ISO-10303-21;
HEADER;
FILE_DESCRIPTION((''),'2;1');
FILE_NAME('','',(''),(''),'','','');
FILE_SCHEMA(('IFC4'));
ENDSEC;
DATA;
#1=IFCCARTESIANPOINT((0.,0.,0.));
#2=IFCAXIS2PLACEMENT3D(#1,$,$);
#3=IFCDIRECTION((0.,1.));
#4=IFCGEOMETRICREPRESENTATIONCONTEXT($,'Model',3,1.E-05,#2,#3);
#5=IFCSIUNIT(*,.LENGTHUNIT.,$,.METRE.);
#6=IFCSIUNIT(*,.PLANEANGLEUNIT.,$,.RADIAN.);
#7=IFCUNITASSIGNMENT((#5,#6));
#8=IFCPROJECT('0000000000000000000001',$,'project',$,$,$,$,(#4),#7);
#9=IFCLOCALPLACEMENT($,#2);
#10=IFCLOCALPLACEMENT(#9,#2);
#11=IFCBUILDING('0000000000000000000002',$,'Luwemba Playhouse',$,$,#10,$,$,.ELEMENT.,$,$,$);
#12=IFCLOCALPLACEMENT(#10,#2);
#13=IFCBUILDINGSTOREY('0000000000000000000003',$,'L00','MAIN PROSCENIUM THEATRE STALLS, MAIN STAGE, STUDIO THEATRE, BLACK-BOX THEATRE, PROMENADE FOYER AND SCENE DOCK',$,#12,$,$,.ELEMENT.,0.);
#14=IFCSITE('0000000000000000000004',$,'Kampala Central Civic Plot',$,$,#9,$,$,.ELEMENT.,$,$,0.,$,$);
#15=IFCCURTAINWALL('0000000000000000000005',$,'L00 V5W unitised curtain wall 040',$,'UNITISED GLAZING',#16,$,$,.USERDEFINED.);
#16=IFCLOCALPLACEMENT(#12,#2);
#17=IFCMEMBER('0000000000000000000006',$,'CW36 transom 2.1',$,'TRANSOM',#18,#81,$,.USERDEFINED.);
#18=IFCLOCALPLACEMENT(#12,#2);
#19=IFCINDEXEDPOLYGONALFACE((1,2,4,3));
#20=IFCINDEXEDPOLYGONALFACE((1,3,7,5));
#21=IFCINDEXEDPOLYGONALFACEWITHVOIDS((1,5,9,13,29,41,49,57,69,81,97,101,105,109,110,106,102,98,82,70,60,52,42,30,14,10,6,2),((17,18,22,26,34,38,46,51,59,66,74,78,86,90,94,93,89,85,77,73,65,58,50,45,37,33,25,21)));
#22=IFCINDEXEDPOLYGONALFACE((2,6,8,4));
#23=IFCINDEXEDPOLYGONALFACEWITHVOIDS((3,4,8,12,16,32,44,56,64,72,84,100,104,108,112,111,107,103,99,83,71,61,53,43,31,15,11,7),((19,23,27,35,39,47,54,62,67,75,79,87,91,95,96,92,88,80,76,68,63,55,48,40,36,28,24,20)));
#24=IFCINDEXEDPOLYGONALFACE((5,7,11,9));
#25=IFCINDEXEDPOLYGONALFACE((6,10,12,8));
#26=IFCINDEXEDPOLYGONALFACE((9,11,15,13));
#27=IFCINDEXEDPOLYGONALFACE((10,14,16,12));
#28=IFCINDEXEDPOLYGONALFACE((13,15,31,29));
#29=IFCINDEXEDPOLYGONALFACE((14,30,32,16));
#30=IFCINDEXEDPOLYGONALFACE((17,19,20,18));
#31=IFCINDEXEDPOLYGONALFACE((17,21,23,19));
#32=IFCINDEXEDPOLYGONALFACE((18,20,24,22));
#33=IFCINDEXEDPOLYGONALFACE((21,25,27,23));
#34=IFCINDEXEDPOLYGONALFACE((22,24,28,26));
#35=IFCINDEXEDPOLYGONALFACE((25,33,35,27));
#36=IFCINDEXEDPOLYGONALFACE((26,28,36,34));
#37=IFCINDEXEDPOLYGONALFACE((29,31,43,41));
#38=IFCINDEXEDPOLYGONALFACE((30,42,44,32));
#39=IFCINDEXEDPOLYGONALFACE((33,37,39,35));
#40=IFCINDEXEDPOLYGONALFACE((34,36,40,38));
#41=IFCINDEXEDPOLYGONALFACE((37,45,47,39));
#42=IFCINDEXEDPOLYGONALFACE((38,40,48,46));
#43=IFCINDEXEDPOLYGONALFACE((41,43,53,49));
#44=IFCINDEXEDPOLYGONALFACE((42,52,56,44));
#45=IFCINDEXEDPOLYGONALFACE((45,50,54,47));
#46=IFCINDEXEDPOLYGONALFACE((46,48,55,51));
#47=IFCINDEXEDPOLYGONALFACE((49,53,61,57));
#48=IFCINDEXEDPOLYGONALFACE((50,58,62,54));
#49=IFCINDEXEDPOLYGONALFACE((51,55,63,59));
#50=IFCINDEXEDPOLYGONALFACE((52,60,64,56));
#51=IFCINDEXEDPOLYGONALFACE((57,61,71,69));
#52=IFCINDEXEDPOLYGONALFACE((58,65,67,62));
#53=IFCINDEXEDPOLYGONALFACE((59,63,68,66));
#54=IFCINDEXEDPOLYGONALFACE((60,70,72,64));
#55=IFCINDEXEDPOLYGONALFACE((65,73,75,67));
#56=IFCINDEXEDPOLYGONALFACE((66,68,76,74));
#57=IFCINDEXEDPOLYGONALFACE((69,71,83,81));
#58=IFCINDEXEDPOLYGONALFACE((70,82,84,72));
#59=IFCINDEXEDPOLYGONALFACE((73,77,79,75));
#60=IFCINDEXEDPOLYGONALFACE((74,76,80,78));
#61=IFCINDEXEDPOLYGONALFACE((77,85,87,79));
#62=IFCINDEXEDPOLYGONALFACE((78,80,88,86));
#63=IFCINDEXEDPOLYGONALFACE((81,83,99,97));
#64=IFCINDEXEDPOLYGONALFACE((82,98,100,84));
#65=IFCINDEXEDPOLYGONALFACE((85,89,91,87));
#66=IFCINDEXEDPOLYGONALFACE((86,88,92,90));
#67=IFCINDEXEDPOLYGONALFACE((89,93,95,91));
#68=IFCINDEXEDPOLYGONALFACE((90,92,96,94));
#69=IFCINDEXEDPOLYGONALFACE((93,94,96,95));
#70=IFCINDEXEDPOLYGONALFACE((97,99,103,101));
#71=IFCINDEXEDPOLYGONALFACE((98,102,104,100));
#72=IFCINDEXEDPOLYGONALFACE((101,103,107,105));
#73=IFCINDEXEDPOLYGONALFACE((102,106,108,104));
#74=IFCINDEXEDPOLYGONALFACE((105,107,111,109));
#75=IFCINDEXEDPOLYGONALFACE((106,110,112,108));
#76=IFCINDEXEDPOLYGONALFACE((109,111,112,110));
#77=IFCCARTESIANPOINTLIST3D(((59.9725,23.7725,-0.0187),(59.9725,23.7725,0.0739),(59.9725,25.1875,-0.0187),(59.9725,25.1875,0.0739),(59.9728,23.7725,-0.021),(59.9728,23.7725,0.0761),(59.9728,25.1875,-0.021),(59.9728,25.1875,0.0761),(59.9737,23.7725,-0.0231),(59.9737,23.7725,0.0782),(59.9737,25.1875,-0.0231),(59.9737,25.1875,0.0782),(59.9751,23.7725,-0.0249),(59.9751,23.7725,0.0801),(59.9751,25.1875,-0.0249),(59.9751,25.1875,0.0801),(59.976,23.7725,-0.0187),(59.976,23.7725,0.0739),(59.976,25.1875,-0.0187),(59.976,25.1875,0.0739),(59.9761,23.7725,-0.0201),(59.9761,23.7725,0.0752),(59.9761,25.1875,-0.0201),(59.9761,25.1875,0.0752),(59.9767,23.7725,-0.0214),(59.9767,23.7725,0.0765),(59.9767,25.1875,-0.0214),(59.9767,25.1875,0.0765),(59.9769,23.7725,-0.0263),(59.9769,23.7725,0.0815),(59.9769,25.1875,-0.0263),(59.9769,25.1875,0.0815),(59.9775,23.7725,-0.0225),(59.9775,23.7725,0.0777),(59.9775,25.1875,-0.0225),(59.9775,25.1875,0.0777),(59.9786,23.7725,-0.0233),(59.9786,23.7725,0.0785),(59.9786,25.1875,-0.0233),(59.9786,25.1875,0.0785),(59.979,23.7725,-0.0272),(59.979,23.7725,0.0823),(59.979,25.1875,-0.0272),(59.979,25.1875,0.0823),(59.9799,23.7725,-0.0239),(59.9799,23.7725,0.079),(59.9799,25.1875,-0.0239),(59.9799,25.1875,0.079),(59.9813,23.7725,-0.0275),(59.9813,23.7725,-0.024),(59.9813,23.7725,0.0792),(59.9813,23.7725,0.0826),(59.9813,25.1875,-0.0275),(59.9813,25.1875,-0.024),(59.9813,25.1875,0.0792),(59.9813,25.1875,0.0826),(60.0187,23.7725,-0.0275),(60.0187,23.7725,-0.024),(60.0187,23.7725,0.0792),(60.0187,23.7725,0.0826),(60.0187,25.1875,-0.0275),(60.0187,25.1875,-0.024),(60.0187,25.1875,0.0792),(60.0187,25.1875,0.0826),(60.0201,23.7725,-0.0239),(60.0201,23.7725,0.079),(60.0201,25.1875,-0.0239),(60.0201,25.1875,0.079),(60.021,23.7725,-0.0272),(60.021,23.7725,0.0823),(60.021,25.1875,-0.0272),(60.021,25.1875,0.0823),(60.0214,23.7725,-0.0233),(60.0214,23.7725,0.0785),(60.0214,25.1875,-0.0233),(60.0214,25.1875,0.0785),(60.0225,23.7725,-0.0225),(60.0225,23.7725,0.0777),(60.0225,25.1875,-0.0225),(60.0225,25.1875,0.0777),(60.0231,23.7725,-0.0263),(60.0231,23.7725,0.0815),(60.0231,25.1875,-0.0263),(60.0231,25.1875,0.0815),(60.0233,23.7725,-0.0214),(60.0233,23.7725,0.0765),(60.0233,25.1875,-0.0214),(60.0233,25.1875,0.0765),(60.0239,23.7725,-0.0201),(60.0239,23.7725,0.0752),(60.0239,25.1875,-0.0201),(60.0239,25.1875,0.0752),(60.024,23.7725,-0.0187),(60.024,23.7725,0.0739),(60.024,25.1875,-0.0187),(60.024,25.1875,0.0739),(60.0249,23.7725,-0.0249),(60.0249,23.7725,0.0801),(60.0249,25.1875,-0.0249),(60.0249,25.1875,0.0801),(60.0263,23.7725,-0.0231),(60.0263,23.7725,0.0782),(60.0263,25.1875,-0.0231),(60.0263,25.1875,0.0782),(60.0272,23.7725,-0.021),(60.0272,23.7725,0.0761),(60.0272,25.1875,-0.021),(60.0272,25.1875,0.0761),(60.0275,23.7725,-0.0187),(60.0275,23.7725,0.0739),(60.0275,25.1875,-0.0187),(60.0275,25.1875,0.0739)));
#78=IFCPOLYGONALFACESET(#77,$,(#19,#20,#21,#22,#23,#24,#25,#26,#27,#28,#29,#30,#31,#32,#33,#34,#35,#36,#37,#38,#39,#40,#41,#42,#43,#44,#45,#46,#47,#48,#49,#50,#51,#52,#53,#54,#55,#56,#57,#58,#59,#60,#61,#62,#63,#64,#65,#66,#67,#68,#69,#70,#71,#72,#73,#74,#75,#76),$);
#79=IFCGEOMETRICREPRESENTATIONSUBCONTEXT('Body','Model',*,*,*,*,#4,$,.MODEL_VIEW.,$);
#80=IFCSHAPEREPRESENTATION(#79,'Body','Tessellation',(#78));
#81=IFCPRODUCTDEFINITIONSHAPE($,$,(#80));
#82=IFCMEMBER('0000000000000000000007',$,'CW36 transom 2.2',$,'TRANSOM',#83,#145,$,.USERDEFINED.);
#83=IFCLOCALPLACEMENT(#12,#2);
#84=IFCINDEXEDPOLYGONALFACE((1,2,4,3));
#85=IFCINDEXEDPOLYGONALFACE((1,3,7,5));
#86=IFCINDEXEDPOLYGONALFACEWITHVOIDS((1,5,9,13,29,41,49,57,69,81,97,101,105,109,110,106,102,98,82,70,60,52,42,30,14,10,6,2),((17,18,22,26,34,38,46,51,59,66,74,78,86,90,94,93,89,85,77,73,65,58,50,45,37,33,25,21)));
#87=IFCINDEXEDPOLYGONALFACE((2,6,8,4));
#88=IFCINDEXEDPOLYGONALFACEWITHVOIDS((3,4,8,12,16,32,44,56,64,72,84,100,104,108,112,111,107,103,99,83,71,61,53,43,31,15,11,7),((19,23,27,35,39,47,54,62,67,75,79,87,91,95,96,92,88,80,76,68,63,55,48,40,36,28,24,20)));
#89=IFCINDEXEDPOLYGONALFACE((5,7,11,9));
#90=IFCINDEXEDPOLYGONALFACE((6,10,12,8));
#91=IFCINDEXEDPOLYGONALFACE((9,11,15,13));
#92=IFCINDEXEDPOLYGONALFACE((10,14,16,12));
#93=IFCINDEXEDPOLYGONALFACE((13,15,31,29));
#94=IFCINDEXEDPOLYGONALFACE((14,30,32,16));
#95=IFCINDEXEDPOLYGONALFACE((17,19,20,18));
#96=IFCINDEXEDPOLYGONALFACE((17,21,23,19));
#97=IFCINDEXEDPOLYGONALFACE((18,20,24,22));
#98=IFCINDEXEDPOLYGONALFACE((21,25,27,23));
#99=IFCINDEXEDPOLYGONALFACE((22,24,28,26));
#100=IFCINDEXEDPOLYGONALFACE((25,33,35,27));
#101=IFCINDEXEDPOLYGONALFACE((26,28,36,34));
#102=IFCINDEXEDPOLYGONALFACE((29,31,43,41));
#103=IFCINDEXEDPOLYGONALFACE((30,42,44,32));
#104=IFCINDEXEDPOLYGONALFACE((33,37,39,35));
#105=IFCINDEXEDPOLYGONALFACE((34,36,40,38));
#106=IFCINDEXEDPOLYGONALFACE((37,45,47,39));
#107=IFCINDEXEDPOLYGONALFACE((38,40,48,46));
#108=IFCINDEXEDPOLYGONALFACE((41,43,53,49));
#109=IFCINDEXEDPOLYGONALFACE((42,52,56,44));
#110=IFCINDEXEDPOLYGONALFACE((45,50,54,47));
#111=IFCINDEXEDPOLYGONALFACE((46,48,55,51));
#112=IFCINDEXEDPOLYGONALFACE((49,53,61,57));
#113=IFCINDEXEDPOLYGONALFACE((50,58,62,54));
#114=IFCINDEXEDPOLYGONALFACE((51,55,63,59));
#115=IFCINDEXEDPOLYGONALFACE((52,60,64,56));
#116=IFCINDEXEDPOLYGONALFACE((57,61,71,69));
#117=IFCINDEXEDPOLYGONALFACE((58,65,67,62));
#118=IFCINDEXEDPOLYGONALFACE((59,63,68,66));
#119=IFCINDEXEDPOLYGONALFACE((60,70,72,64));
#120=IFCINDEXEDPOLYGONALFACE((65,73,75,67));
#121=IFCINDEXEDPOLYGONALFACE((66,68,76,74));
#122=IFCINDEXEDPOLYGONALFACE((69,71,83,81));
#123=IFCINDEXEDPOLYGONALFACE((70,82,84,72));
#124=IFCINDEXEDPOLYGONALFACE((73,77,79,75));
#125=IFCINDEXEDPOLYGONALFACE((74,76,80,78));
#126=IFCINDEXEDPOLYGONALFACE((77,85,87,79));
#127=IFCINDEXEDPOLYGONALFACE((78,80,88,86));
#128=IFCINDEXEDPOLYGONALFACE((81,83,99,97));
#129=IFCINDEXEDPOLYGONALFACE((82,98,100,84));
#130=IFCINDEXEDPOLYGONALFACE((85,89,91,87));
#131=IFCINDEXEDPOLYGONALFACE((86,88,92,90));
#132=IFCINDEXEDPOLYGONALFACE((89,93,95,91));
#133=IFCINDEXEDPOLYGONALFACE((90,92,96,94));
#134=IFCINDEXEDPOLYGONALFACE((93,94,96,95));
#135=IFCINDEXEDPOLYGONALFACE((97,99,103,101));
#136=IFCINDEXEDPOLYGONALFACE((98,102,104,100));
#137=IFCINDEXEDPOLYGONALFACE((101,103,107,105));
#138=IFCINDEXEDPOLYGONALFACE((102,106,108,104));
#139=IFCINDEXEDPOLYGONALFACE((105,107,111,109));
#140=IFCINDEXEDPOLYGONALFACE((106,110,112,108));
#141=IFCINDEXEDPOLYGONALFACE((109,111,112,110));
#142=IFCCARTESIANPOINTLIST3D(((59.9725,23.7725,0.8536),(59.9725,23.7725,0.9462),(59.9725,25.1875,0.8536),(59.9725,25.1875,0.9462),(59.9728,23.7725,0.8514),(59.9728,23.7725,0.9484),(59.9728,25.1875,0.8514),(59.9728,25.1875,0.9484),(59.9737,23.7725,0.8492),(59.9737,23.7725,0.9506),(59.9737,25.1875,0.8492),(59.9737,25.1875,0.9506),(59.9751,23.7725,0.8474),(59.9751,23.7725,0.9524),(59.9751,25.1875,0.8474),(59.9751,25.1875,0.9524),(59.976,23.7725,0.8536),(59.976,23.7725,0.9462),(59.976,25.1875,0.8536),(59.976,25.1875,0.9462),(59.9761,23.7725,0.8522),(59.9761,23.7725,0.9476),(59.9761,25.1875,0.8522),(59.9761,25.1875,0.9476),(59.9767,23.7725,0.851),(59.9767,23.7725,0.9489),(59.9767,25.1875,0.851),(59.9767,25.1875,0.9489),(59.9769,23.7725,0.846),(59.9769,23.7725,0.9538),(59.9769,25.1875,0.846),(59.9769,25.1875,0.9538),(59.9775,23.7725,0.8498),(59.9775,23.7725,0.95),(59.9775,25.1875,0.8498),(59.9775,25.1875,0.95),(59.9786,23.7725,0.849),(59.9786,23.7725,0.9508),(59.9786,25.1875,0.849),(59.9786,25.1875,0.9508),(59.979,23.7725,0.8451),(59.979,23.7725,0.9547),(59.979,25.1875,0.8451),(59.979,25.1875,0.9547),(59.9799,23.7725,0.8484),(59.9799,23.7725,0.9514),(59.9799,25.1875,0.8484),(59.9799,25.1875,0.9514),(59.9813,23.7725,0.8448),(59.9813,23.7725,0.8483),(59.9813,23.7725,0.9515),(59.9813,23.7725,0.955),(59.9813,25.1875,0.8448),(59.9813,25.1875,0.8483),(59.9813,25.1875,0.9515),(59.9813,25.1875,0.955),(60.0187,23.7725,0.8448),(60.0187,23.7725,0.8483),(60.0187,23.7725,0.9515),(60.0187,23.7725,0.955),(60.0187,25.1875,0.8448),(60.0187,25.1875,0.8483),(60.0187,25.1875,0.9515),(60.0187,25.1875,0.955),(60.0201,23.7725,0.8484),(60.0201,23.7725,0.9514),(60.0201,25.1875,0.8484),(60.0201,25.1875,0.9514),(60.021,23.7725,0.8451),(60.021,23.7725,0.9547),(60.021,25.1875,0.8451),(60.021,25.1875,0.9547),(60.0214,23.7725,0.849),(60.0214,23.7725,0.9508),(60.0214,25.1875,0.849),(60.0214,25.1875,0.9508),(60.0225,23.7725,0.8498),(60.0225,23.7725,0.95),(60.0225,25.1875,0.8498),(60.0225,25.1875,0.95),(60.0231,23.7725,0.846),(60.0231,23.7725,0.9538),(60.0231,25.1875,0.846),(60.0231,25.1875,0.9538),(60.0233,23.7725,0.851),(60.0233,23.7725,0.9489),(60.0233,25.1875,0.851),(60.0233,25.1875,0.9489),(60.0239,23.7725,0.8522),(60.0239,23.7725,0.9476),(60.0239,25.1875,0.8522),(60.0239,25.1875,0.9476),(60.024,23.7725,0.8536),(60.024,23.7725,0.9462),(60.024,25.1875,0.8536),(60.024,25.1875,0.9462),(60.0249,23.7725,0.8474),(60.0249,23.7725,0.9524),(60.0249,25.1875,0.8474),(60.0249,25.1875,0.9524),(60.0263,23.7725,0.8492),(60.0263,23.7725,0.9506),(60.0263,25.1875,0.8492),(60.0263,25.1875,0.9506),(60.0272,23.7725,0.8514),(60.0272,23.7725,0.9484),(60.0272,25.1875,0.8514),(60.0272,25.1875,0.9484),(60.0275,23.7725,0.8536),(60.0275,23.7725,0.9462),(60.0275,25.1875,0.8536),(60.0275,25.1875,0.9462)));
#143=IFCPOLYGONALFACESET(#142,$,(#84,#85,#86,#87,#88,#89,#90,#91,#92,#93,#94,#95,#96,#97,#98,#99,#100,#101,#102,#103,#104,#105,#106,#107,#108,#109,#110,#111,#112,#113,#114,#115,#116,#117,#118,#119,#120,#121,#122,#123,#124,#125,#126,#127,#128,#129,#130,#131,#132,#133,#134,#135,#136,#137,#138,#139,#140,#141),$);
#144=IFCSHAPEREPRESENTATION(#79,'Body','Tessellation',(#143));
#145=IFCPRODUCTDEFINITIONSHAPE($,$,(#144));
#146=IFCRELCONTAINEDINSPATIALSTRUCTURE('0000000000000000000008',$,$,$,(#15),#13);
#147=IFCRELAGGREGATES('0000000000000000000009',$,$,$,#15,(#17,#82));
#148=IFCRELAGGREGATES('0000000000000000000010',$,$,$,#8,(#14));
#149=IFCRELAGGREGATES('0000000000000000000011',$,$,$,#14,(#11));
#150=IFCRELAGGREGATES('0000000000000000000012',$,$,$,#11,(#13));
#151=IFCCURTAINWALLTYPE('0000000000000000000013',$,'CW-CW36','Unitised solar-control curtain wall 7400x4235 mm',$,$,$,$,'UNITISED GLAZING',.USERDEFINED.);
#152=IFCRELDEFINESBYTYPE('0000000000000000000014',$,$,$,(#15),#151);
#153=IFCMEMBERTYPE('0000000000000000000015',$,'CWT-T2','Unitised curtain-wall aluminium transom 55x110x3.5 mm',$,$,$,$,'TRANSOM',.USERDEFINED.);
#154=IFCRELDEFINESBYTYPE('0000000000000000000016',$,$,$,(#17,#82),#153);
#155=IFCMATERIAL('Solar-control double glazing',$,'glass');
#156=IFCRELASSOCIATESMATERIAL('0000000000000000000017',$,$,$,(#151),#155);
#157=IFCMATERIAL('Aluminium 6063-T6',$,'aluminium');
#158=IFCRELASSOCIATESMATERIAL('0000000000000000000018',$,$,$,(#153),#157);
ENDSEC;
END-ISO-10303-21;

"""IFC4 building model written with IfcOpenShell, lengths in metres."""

from ifc_helpers import new_model, si_unit, direction, frame, origin, origin_2d, place, context, subcontext, project, spatial, hollow_rectangle, extrude, material, material_profile, profile_set, type_object, element, aggregate, save


model = new_model("IFC4")

# Units and contexts
model_context = context("Model", 3, precision=1e-05, world=origin(), true_north=direction((0.0, 1.0)))
body_context = subcontext(model_context, "Body", "Model", "MODEL_VIEW")
ifc_project = project(units=[si_unit("LENGTHUNIT", "METRE"), si_unit("PLANEANGLEUNIT", "RADIAN")], contexts=[model_context])

# Site, building, storey
site_placement = place(None, origin())
site = spatial("IfcSite", under=ifc_project, at=site_placement, Name="Kampala Central Civic Plot", CompositionType="ELEMENT", RefElevation=0.0)
building_placement = place(site_placement, origin())
building = spatial("IfcBuilding", under=site, at=building_placement, Name="Luwemba Playhouse", CompositionType="ELEMENT")
storey_placement = place(building_placement, origin())
storey = spatial("IfcBuildingStorey", under=building, at=storey_placement, Name="L00", Description="MAIN PROSCENIUM THEATRE STALLS, MAIN STAGE, STUDIO THEATRE, BLACK-BOX THEATRE, PROMENADE FOYER AND SCENE DOCK", CompositionType="ELEMENT", Elevation=0.0)

# Curtain wall, members
ifc_material_1 = material(Name="Solar-control double glazing", Category="glass")
curtain_wall_type = type_object("IfcCurtainWallType", Name="CW-CW36", Description="Unitised solar-control curtain wall 7400x4235 mm", ElementType="UNITISED GLAZING", PredefinedType="USERDEFINED", material=ifc_material_1)
curtain_wall_placement = place(storey_placement, origin())
curtain_wall = element("IfcCurtainWall", 1, at=curtain_wall_placement, inside=storey, type_object=curtain_wall_type, Name="L00 V5W unitised curtain wall 040", ObjectType="UNITISED GLAZING", PredefinedType="USERDEFINED")
ifc_material_2 = material(Name="Aluminium 6063-T6", Category="aluminium")
ifc_material_profile_1 = material_profile(ifc_material_2, hollow_rectangle(XDim=0.0549, YDim=0.1101, WallThickness=0.0034, InnerFilletRadius=0.0054, OuterFilletRadius=0.0088, at=origin_2d()))
ifc_profile_set_1 = profile_set([ifc_material_profile_1], Name="Aluminium 6063-T6")
member_type_1 = type_object("IfcMemberType", Name="CWT-T2", Description="Unitised curtain-wall aluminium transom 55x110x3.5 mm", ElementType="TRANSOM", PredefinedType="USERDEFINED", material=ifc_profile_set_1)
member_1_placement = place(storey_placement, frame((60.0, 25.1875, 0.0276), z_axis=(0.0, -1.0, 0.0), x_axis=(1.0, 0.0, 0.0)))
member_1 = element("IfcMember", 2, at=member_1_placement, type_object=member_type_1, Name="CW36 transom 2.1", ObjectType="TRANSOM", PredefinedType="USERDEFINED", context=body_context, shape_type="SweptSolid", body=[
    extrude(hollow_rectangle(XDim=0.0549, YDim=0.1101, WallThickness=0.0034, InnerFilletRadius=0.0054, OuterFilletRadius=0.0088, at=origin_2d()), origin(), (0.0, 0.0, 1.0), 1.415),
])
member_2_placement = place(storey_placement, frame((60.0, 25.1875, 0.8999), z_axis=(0.0, -1.0, 0.0), x_axis=(1.0, 0.0, 0.0)))
member_2 = element("IfcMember", 3, at=member_2_placement, type_object=member_type_1, Name="CW36 transom 2.2", ObjectType="TRANSOM", PredefinedType="USERDEFINED", context=body_context, shape_type="SweptSolid", body=[
    extrude(hollow_rectangle(XDim=0.0549, YDim=0.1101, WallThickness=0.0034, InnerFilletRadius=0.0054, OuterFilletRadius=0.0088, at=origin_2d()), origin(), (0.0, 0.0, 1.0), 1.415),
])
aggregate(curtain_wall, [member_1, member_2])

save(model, "model.ifc")
